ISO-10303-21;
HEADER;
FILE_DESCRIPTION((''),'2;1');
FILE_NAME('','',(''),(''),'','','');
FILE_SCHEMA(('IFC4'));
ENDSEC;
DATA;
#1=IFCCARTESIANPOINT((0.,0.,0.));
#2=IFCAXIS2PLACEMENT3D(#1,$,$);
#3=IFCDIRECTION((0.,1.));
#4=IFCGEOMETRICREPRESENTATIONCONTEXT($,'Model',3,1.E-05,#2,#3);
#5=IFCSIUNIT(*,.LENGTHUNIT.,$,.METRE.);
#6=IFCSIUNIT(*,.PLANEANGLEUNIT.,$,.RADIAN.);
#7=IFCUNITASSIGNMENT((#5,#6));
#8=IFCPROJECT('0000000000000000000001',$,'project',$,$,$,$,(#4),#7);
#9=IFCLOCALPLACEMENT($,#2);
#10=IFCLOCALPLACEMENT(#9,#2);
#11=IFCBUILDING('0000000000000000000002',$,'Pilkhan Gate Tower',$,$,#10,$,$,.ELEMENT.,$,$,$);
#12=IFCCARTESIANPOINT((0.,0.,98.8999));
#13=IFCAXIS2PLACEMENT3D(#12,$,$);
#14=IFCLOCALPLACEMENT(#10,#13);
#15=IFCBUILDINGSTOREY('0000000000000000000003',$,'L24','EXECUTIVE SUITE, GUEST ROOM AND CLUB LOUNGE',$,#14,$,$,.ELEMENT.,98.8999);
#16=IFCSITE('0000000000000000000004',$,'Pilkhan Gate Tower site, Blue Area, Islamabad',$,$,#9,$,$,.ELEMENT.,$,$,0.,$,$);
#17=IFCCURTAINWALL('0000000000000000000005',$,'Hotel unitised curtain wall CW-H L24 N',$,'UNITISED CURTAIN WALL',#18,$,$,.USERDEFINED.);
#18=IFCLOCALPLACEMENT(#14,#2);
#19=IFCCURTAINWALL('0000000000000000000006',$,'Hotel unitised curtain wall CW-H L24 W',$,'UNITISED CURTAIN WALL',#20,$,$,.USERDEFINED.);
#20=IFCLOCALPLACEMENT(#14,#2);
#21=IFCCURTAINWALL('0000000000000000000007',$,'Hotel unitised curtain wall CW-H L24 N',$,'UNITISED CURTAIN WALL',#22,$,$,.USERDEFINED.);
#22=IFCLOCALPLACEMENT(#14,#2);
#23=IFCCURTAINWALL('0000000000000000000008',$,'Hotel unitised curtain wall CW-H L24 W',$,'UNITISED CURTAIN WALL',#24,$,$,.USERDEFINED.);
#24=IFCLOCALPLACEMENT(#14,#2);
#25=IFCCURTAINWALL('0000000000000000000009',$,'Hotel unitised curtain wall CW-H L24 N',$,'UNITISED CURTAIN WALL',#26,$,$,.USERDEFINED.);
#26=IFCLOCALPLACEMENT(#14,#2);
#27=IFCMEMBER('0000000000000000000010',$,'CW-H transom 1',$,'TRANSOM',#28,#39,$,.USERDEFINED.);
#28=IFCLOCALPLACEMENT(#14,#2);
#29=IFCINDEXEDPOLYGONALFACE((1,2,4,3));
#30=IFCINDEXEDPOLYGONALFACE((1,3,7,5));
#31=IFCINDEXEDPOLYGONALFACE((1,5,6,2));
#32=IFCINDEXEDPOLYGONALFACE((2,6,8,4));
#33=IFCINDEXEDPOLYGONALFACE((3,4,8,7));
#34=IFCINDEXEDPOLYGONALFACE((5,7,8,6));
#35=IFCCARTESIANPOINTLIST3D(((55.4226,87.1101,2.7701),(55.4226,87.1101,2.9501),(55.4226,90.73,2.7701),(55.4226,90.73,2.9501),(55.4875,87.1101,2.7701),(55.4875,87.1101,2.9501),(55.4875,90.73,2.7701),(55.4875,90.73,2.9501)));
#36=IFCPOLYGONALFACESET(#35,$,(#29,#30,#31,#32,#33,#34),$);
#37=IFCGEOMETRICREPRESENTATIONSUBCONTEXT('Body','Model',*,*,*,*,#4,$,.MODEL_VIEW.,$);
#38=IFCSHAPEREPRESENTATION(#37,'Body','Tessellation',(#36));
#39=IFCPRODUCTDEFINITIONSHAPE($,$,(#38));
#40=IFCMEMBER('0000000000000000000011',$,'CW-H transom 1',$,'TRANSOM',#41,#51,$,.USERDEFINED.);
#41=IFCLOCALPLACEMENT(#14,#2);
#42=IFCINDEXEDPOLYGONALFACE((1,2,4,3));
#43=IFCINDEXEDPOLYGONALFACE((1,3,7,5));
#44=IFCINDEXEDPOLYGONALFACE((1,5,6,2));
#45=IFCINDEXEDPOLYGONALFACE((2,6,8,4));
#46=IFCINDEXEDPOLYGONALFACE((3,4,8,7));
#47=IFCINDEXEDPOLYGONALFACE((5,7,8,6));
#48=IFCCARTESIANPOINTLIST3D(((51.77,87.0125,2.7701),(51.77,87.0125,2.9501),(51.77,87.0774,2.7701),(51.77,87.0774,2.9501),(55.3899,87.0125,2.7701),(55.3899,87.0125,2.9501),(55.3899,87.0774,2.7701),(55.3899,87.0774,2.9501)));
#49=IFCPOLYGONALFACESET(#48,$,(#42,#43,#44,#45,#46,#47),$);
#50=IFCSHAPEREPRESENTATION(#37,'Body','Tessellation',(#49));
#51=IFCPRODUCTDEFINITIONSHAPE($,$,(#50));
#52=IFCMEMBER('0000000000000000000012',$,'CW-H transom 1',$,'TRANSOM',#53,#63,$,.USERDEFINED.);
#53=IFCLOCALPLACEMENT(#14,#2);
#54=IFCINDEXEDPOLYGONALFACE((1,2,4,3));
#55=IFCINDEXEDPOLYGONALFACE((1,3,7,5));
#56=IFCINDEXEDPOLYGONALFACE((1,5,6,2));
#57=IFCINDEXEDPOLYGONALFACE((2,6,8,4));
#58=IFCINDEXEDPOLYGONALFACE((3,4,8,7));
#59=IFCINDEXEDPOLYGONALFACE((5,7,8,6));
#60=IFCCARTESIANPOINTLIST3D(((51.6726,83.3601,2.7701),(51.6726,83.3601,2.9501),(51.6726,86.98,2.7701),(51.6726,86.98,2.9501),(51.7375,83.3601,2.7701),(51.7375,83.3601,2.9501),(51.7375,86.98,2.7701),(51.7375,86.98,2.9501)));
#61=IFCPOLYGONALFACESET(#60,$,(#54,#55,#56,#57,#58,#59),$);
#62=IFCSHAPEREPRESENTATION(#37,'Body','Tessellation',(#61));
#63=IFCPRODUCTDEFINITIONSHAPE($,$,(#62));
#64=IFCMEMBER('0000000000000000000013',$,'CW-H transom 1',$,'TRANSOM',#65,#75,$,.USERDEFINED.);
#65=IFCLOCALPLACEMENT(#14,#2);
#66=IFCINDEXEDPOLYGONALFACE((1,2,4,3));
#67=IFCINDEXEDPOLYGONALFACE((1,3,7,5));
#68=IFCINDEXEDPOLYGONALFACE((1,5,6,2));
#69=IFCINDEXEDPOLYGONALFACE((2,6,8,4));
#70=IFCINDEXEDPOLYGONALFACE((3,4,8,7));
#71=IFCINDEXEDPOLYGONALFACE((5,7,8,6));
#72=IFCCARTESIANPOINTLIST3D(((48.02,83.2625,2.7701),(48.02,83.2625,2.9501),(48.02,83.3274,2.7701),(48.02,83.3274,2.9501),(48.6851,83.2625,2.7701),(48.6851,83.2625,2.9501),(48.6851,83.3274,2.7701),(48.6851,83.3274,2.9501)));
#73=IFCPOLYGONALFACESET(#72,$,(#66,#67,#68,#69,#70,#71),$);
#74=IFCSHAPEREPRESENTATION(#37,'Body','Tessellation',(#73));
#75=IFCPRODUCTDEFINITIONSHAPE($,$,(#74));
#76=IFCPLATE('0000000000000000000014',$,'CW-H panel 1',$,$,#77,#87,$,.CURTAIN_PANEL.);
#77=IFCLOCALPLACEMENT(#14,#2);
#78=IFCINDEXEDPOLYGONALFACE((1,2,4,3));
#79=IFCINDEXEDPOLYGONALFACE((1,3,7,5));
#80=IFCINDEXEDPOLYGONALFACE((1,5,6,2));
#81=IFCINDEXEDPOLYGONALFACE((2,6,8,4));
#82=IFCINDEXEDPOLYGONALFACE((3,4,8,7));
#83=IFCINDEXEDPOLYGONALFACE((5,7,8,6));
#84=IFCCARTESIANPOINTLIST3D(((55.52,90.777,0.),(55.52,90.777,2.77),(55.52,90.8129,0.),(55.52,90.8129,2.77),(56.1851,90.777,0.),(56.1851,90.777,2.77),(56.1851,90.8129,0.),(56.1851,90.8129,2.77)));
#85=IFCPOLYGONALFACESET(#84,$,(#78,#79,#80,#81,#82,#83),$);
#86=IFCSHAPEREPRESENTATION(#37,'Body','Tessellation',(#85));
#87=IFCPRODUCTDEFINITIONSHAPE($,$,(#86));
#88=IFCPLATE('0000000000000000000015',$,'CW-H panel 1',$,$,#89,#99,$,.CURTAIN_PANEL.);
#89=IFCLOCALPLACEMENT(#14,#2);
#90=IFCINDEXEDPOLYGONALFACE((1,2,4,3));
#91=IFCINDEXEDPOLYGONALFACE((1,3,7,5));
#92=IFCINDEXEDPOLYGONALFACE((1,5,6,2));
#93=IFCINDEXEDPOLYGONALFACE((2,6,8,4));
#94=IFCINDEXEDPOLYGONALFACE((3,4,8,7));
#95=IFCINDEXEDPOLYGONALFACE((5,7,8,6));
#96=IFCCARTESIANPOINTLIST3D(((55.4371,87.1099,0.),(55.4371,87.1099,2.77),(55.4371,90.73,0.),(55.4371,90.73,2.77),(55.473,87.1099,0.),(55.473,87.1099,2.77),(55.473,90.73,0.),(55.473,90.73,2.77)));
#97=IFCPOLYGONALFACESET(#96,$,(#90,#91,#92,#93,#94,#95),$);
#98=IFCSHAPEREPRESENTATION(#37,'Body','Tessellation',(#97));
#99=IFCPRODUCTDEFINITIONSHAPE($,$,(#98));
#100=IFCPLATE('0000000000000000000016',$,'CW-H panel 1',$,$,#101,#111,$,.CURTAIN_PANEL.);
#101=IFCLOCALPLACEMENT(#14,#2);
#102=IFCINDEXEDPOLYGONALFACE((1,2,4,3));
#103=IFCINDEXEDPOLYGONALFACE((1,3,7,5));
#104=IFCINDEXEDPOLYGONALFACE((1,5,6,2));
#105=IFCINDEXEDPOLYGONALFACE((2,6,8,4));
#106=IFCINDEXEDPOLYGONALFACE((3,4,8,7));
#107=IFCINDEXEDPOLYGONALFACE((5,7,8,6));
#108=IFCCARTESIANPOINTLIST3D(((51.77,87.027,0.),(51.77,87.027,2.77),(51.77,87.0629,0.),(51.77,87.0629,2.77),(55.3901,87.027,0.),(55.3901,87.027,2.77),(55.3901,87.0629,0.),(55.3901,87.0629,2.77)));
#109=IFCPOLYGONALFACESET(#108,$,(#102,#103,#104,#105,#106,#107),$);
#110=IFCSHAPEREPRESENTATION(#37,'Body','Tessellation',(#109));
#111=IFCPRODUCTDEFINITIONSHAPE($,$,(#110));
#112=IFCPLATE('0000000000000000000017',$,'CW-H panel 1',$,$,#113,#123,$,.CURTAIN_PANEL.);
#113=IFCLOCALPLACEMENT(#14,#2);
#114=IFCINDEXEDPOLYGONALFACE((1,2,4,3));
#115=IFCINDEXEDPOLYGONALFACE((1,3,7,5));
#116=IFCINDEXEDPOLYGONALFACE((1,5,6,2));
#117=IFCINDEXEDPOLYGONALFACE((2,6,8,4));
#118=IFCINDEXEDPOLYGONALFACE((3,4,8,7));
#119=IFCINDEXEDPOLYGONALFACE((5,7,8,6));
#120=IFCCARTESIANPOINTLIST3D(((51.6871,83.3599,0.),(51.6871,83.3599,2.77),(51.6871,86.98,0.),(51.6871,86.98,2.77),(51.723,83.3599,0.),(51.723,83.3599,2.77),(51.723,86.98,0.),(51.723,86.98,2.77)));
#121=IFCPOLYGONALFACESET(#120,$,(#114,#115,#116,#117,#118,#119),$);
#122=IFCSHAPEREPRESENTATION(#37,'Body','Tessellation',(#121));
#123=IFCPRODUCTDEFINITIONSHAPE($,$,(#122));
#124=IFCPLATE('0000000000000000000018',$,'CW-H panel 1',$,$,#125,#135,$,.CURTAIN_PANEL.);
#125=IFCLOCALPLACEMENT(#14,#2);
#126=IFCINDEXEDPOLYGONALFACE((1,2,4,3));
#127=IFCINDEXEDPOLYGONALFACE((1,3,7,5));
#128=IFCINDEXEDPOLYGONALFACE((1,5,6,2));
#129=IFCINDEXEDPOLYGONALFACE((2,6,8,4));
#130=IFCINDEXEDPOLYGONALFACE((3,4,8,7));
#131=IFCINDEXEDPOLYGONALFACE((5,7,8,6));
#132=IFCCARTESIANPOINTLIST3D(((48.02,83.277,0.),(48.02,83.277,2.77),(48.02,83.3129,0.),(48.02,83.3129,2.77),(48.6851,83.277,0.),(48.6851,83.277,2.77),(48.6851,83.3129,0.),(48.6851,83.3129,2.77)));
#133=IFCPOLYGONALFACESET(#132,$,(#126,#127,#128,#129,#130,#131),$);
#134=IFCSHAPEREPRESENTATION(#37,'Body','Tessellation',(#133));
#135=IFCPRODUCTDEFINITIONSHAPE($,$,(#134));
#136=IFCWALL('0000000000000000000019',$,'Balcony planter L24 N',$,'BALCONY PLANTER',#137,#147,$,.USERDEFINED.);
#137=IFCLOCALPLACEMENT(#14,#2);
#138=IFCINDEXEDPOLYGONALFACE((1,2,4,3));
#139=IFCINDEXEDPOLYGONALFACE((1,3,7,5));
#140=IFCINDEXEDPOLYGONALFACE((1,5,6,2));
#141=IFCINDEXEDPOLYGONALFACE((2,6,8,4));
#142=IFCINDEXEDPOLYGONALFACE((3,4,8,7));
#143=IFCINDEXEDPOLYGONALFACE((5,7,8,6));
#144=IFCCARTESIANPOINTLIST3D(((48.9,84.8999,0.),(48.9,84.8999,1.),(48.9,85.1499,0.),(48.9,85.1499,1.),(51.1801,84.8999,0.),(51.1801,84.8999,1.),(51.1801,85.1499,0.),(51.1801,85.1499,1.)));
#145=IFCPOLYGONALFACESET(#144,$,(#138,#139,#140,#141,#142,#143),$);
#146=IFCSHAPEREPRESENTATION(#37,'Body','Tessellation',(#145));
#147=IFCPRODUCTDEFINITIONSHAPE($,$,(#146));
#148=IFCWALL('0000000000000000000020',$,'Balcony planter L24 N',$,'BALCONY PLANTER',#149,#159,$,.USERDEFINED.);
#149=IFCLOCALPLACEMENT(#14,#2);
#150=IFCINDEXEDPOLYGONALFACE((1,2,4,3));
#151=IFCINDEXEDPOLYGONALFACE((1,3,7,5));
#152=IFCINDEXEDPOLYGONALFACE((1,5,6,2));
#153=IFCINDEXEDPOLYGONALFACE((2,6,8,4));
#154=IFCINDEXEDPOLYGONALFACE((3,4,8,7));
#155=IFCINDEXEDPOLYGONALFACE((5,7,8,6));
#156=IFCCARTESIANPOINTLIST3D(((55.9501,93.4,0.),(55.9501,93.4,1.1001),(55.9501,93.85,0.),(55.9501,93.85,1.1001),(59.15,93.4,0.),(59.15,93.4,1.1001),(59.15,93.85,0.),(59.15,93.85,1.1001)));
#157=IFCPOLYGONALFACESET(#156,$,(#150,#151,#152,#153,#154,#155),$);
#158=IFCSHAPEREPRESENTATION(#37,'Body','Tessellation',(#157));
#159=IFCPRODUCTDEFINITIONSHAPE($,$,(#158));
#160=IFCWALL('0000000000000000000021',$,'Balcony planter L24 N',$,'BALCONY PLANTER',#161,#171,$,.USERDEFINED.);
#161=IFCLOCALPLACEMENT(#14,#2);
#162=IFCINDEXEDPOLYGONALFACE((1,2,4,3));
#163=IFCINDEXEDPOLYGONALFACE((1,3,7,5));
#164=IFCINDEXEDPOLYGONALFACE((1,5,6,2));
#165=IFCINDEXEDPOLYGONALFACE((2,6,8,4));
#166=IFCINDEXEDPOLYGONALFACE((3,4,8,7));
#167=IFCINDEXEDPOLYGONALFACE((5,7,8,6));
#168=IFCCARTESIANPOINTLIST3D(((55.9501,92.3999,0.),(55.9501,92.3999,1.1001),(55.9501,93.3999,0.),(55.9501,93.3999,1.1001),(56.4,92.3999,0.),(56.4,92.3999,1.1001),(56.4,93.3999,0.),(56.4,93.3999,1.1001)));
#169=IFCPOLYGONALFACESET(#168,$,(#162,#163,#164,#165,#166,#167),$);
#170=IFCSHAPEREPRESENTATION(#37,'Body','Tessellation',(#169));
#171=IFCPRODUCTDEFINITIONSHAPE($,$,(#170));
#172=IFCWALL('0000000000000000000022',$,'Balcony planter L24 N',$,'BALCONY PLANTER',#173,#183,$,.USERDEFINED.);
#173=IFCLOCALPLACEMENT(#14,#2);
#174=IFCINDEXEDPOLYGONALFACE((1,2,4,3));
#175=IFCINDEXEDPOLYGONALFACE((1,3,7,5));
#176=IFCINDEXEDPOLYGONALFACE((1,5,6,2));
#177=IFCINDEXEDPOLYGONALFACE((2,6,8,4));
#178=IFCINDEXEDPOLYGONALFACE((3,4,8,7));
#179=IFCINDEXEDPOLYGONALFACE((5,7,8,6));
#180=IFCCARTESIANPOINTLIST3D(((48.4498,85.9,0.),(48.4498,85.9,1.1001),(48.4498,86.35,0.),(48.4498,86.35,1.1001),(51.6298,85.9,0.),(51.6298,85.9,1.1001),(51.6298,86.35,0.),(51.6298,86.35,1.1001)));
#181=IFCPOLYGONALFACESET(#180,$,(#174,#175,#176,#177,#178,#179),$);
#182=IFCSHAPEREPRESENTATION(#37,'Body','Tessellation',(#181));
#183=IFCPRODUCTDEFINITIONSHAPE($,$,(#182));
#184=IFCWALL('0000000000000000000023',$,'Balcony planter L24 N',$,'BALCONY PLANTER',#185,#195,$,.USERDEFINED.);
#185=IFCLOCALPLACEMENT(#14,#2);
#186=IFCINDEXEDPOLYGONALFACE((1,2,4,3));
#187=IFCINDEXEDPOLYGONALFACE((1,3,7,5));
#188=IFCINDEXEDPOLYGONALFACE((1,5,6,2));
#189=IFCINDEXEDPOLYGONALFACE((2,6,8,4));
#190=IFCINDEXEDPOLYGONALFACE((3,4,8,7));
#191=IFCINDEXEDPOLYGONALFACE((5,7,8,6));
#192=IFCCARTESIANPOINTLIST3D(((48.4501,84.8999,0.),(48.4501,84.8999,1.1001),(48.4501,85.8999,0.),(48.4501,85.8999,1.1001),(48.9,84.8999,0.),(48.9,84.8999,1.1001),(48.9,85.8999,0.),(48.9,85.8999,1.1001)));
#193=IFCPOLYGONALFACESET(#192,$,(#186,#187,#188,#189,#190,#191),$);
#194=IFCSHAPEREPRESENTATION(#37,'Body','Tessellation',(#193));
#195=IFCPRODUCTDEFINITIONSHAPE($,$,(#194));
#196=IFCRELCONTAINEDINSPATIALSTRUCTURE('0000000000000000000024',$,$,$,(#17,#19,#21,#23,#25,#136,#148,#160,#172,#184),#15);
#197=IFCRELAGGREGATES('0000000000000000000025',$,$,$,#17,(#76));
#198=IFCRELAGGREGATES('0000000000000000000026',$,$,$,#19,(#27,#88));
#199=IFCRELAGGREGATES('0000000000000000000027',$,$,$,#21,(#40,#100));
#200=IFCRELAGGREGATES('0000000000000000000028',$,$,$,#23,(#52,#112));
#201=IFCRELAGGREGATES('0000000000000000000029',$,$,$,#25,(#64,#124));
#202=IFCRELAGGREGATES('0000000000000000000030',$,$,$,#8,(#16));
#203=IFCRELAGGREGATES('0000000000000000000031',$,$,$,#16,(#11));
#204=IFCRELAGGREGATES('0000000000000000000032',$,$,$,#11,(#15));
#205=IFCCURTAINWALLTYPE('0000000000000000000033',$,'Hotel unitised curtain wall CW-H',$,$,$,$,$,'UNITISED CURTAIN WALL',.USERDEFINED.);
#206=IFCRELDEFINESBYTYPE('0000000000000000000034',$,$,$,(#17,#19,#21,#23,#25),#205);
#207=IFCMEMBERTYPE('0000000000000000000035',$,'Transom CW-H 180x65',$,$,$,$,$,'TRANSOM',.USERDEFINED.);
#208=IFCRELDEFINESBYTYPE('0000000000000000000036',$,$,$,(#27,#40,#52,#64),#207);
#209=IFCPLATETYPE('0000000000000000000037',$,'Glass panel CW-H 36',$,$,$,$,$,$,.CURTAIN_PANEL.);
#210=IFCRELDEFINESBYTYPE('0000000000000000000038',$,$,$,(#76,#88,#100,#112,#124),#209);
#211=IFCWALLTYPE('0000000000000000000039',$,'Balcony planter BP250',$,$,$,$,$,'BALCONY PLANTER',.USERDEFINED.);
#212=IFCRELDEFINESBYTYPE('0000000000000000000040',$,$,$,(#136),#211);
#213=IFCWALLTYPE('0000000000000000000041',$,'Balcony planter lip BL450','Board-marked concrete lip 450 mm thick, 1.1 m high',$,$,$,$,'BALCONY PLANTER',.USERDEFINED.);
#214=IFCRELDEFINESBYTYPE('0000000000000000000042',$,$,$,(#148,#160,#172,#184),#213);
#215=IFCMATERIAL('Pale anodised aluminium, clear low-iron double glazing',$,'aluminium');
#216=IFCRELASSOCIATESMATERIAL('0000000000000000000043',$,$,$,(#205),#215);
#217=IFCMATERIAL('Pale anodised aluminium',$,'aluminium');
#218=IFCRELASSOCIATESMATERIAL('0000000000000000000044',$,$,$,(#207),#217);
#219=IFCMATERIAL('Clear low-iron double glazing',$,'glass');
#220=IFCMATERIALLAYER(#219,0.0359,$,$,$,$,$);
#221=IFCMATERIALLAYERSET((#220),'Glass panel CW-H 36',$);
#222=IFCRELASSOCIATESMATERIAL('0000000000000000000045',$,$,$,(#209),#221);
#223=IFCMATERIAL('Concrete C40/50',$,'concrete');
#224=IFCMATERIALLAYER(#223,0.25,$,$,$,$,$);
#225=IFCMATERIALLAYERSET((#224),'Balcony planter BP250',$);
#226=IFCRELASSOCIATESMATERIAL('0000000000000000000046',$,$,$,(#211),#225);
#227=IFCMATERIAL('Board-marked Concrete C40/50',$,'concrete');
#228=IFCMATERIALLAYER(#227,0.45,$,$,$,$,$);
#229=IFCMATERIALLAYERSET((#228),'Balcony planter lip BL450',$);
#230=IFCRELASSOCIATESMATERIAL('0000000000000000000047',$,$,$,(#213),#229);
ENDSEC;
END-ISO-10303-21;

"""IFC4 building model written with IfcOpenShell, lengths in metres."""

from ifc_helpers import new_model, si_unit, direction, frame, frame_2d, origin, origin_2d, place, context, subcontext, project, spatial, rectangle, extrude, material, layer, layer_set, material_profile, profile_set, type_object, element, aggregate, save


model = new_model("IFC4")

# Units and contexts
model_context = context("Model", 3, precision=1e-05, world=origin(), true_north=direction((0.0, 1.0)))
body_context = subcontext(model_context, "Body", "Model", "MODEL_VIEW")
ifc_project = project(units=[si_unit("LENGTHUNIT", "METRE"), si_unit("PLANEANGLEUNIT", "RADIAN")], contexts=[model_context])

# Site, building, storey
site_placement = place(None, origin())
site = spatial("IfcSite", under=ifc_project, at=site_placement, Name="Pilkhan Gate Tower site, Blue Area, Islamabad", CompositionType="ELEMENT", RefElevation=0.0)
building_placement = place(site_placement, origin())
building = spatial("IfcBuilding", under=site, at=building_placement, Name="Pilkhan Gate Tower", CompositionType="ELEMENT")
storey_placement = place(building_placement, frame((0.0, 0.0, 98.8999)))
storey = spatial("IfcBuildingStorey", under=building, at=storey_placement, Name="L24", Description="EXECUTIVE SUITE, GUEST ROOM AND CLUB LOUNGE", CompositionType="ELEMENT", Elevation=98.8999)

# Curtain wall
ifc_material_1 = material(Name="Pale anodised aluminium, clear low-iron double glazing", Category="aluminium")
curtain_wall_type = type_object("IfcCurtainWallType", Name="Hotel unitised curtain wall CW-H", ElementType="UNITISED CURTAIN WALL", PredefinedType="USERDEFINED", material=ifc_material_1)
curtain_wall_1_placement = place(storey_placement, origin())
curtain_wall_1 = element("IfcCurtainWall", 1, at=curtain_wall_1_placement, inside=storey, type_object=curtain_wall_type, Name="Hotel unitised curtain wall CW-H L24 N", ObjectType="UNITISED CURTAIN WALL", PredefinedType="USERDEFINED")
ifc_material_2 = material(Name="Pale anodised aluminium", Category="aluminium")

# Curtain walls
curtain_wall_2_placement = place(storey_placement, origin())
curtain_wall_2 = element("IfcCurtainWall", 2, at=curtain_wall_2_placement, inside=storey, type_object=curtain_wall_type, Name="Hotel unitised curtain wall CW-H L24 W", ObjectType="UNITISED CURTAIN WALL", PredefinedType="USERDEFINED")
curtain_wall_3_placement = place(storey_placement, origin())
curtain_wall_3 = element("IfcCurtainWall", 3, at=curtain_wall_3_placement, inside=storey, type_object=curtain_wall_type, Name="Hotel unitised curtain wall CW-H L24 N", ObjectType="UNITISED CURTAIN WALL", PredefinedType="USERDEFINED")
curtain_wall_4_placement = place(storey_placement, origin())
curtain_wall_4 = element("IfcCurtainWall", 4, at=curtain_wall_4_placement, inside=storey, type_object=curtain_wall_type, Name="Hotel unitised curtain wall CW-H L24 W", ObjectType="UNITISED CURTAIN WALL", PredefinedType="USERDEFINED")
curtain_wall_5_placement = place(storey_placement, origin())
curtain_wall_5 = element("IfcCurtainWall", 5, at=curtain_wall_5_placement, inside=storey, type_object=curtain_wall_type, Name="Hotel unitised curtain wall CW-H L24 N", ObjectType="UNITISED CURTAIN WALL", PredefinedType="USERDEFINED")

# Members
ifc_material_profile_1 = material_profile(ifc_material_2, rectangle(XDim=0.0649, YDim=0.1799, at=origin_2d()), Name="Transom 180x65")
ifc_profile_set_1 = profile_set([ifc_material_profile_1], Name="Pale anodised aluminium")
member_type_1 = type_object("IfcMemberType", Name="Transom CW-H 180x65", ElementType="TRANSOM", PredefinedType="USERDEFINED", material=ifc_profile_set_1)
member_1_placement = place(storey_placement, frame((55.4551, 87.1101, 2.8601), z_axis=(0.0, 1.0, 0.0), x_axis=(-1.0, 0.0, 0.0)))
member_1 = element("IfcMember", 6, at=member_1_placement, type_object=member_type_1, Name="CW-H transom 1", ObjectType="TRANSOM", PredefinedType="USERDEFINED", context=body_context, shape_type="SweptSolid", body=[
    extrude(rectangle(XDim=0.0649, YDim=0.1799, at=origin_2d()), origin(), (0.0, 0.0, 1.0), 3.6199),
])
member_2_placement = place(storey_placement, frame((51.77, 87.0449, 2.8601), z_axis=(1.0, 0.0, 0.0), x_axis=(0.0, 1.0, 0.0)))
member_2 = element("IfcMember", 7, at=member_2_placement, type_object=member_type_1, Name="CW-H transom 1", ObjectType="TRANSOM", PredefinedType="USERDEFINED", context=body_context, shape_type="SweptSolid", body=[
    extrude(rectangle(XDim=0.0649, YDim=0.1799, at=origin_2d()), origin(), (0.0, 0.0, 1.0), 3.6199),
])
member_3_placement = place(storey_placement, frame((51.7051, 83.3601, 2.8601), z_axis=(0.0, 1.0, 0.0), x_axis=(-1.0, 0.0, 0.0)))
member_3 = element("IfcMember", 8, at=member_3_placement, type_object=member_type_1, Name="CW-H transom 1", ObjectType="TRANSOM", PredefinedType="USERDEFINED", context=body_context, shape_type="SweptSolid", body=[
    extrude(rectangle(XDim=0.0649, YDim=0.1799, at=origin_2d()), origin(), (0.0, 0.0, 1.0), 3.6199),
])
member_4_placement = place(storey_placement, frame((48.02, 83.2949, 2.8601), z_axis=(1.0, 0.0, 0.0), x_axis=(0.0, 1.0, 0.0)))
member_4 = element("IfcMember", 9, at=member_4_placement, type_object=member_type_1, Name="CW-H transom 1", ObjectType="TRANSOM", PredefinedType="USERDEFINED", context=body_context, shape_type="SweptSolid", body=[
    extrude(rectangle(XDim=0.0649, YDim=0.1799, at=origin_2d()), origin(), (0.0, 0.0, 1.0), 0.665),
])

# Plates
ifc_material_3 = material(Name="Clear low-iron double glazing", Category="glass")
ifc_layer_1 = layer(ifc_material_3, 0.0359)
ifc_layer_set_1 = layer_set([ifc_layer_1], Name="Glass panel CW-H 36")
plate_type = type_object("IfcPlateType", Name="Glass panel CW-H 36", PredefinedType="CURTAIN_PANEL", material=ifc_layer_set_1)
plate_1_placement = place(storey_placement, frame((55.8525, 90.7949, 0.0), z_axis=(0.0, 0.0, 1.0), x_axis=(1.0, 0.0, 0.0)))
plate_1 = element("IfcPlate", 10, at=plate_1_placement, type_object=plate_type, Name="CW-H panel 1", PredefinedType="CURTAIN_PANEL", context=body_context, shape_type="SweptSolid", body=[
    extrude(rectangle(XDim=0.665, YDim=0.0359, at=origin_2d()), origin(), (0.0, 0.0, 1.0), 2.77),
])
aggregate(curtain_wall_1, [plate_1])
plate_2_placement = place(storey_placement, frame((55.4551, 88.9199, 0.0), z_axis=(0.0, 0.0, 1.0), x_axis=(0.0, 1.0, 0.0)))
plate_2 = element("IfcPlate", 11, at=plate_2_placement, type_object=plate_type, Name="CW-H panel 1", PredefinedType="CURTAIN_PANEL", context=body_context, shape_type="SweptSolid", body=[
    extrude(rectangle(XDim=3.6201, YDim=0.0359, at=origin_2d()), origin(), (0.0, 0.0, 1.0), 2.77),
])
aggregate(curtain_wall_2, [member_1, plate_2])
plate_3_placement = place(storey_placement, frame((53.5801, 87.0449, 0.0), z_axis=(0.0, 0.0, 1.0), x_axis=(1.0, 0.0, 0.0)))
plate_3 = element("IfcPlate", 12, at=plate_3_placement, type_object=plate_type, Name="CW-H panel 1", PredefinedType="CURTAIN_PANEL", context=body_context, shape_type="SweptSolid", body=[
    extrude(rectangle(XDim=3.6201, YDim=0.0359, at=origin_2d()), origin(), (0.0, 0.0, 1.0), 2.77),
])
aggregate(curtain_wall_3, [member_2, plate_3])
plate_4_placement = place(storey_placement, frame((51.7051, 85.1699, 0.0), z_axis=(0.0, 0.0, 1.0), x_axis=(0.0, 1.0, 0.0)))
plate_4 = element("IfcPlate", 13, at=plate_4_placement, type_object=plate_type, Name="CW-H panel 1", PredefinedType="CURTAIN_PANEL", context=body_context, shape_type="SweptSolid", body=[
    extrude(rectangle(XDim=3.6201, YDim=0.0359, at=origin_2d()), origin(), (0.0, 0.0, 1.0), 2.77),
])
aggregate(curtain_wall_4, [member_3, plate_4])
plate_5_placement = place(storey_placement, frame((48.3525, 83.2949, 0.0), z_axis=(0.0, 0.0, 1.0), x_axis=(1.0, 0.0, 0.0)))
plate_5 = element("IfcPlate", 14, at=plate_5_placement, type_object=plate_type, Name="CW-H panel 1", PredefinedType="CURTAIN_PANEL", context=body_context, shape_type="SweptSolid", body=[
    extrude(rectangle(XDim=0.665, YDim=0.0359, at=origin_2d()), origin(), (0.0, 0.0, 1.0), 2.77),
])
aggregate(curtain_wall_5, [member_4, plate_5])

# Walls
ifc_material_4 = material(Name="Concrete C40/50", Category="concrete")
ifc_layer_2 = layer(ifc_material_4, 0.25)
ifc_layer_set_2 = layer_set([ifc_layer_2], Name="Balcony planter BP250")
wall_type_1 = type_object("IfcWallType", Name="Balcony planter BP250", ElementType="BALCONY PLANTER", PredefinedType="USERDEFINED", material=ifc_layer_set_2)
wall_1_placement = place(storey_placement, frame((48.8999, 85.0249, 0.0), z_axis=(0.0, 0.0, 1.0), x_axis=(1.0, 0.0, 0.0)))
element("IfcWall", 15, at=wall_1_placement, inside=storey, type_object=wall_type_1, Name="Balcony planter L24 N", ObjectType="BALCONY PLANTER", PredefinedType="USERDEFINED", context=body_context, shape_type="SweptSolid", body=[
    extrude(rectangle(XDim=2.28, YDim=0.25, at=frame_2d((1.1401, 0.0))), origin(), (0.0, 0.0, 1.0), 1.0),
])
ifc_material_5 = material(Name="Board-marked Concrete C40/50", Category="concrete")
ifc_layer_3 = layer(ifc_material_5, 0.45)
ifc_layer_set_3 = layer_set([ifc_layer_3], Name="Balcony planter lip BL450")
wall_type_2 = type_object("IfcWallType", Name="Balcony planter lip BL450", Description="Board-marked concrete lip 450 mm thick, 1.1 m high", ElementType="BALCONY PLANTER", PredefinedType="USERDEFINED", material=ifc_layer_set_3)
wall_2_placement = place(storey_placement, frame((55.95, 93.625, 0.0), z_axis=(0.0, 0.0, 1.0), x_axis=(1.0, 0.0, 0.0)))
element("IfcWall", 16, at=wall_2_placement, inside=storey, type_object=wall_type_2, Name="Balcony planter L24 N", ObjectType="BALCONY PLANTER", PredefinedType="USERDEFINED", context=body_context, shape_type="SweptSolid", body=[
    extrude(rectangle(XDim=3.2, YDim=0.45, at=frame_2d((1.6001, 0.0))), origin(), (0.0, 0.0, 1.0), 1.1001),
])
wall_3_placement = place(storey_placement, frame((56.175, 92.3999, 0.0), z_axis=(0.0, 0.0, 1.0), x_axis=(0.0, 1.0, 0.0)))
element("IfcWall", 17, at=wall_3_placement, inside=storey, type_object=wall_type_2, Name="Balcony planter L24 N", ObjectType="BALCONY PLANTER", PredefinedType="USERDEFINED", context=body_context, shape_type="SweptSolid", body=[
    extrude(rectangle(XDim=1.0, YDim=0.45, at=frame_2d((0.5, 0.0))), origin(), (0.0, 0.0, 1.0), 1.1001),
])
wall_4_placement = place(storey_placement, frame((48.45, 86.125, 0.0), z_axis=(0.0, 0.0, 1.0), x_axis=(1.0, 0.0, 0.0)))
element("IfcWall", 18, at=wall_4_placement, inside=storey, type_object=wall_type_2, Name="Balcony planter L24 N", ObjectType="BALCONY PLANTER", PredefinedType="USERDEFINED", context=body_context, shape_type="SweptSolid", body=[
    extrude(rectangle(XDim=3.1799, YDim=0.45, at=frame_2d((1.5898, 0.0))), origin(), (0.0, 0.0, 1.0), 1.1001),
])
for number, where, z_axis, x_axis, name in (
    (19, (48.675, 84.8999, 0.0), (0.0, 0.0, 1.0), (0.0, 1.0, 0.0), "Balcony planter L24 N"),
):
    element("IfcWall", number, at=place(storey_placement, frame(where, z_axis=z_axis, x_axis=x_axis)), inside=storey, type_object=wall_type_2, Name=name, ObjectType="BALCONY PLANTER", PredefinedType="USERDEFINED", context=body_context, shape_type="SweptSolid", body=[
        extrude(rectangle(XDim=1.0, YDim=0.45, at=frame_2d((0.5, 0.0))), origin(), (0.0, 0.0, 1.0), 1.1001),
    ])

save(model, "model.ifc")
